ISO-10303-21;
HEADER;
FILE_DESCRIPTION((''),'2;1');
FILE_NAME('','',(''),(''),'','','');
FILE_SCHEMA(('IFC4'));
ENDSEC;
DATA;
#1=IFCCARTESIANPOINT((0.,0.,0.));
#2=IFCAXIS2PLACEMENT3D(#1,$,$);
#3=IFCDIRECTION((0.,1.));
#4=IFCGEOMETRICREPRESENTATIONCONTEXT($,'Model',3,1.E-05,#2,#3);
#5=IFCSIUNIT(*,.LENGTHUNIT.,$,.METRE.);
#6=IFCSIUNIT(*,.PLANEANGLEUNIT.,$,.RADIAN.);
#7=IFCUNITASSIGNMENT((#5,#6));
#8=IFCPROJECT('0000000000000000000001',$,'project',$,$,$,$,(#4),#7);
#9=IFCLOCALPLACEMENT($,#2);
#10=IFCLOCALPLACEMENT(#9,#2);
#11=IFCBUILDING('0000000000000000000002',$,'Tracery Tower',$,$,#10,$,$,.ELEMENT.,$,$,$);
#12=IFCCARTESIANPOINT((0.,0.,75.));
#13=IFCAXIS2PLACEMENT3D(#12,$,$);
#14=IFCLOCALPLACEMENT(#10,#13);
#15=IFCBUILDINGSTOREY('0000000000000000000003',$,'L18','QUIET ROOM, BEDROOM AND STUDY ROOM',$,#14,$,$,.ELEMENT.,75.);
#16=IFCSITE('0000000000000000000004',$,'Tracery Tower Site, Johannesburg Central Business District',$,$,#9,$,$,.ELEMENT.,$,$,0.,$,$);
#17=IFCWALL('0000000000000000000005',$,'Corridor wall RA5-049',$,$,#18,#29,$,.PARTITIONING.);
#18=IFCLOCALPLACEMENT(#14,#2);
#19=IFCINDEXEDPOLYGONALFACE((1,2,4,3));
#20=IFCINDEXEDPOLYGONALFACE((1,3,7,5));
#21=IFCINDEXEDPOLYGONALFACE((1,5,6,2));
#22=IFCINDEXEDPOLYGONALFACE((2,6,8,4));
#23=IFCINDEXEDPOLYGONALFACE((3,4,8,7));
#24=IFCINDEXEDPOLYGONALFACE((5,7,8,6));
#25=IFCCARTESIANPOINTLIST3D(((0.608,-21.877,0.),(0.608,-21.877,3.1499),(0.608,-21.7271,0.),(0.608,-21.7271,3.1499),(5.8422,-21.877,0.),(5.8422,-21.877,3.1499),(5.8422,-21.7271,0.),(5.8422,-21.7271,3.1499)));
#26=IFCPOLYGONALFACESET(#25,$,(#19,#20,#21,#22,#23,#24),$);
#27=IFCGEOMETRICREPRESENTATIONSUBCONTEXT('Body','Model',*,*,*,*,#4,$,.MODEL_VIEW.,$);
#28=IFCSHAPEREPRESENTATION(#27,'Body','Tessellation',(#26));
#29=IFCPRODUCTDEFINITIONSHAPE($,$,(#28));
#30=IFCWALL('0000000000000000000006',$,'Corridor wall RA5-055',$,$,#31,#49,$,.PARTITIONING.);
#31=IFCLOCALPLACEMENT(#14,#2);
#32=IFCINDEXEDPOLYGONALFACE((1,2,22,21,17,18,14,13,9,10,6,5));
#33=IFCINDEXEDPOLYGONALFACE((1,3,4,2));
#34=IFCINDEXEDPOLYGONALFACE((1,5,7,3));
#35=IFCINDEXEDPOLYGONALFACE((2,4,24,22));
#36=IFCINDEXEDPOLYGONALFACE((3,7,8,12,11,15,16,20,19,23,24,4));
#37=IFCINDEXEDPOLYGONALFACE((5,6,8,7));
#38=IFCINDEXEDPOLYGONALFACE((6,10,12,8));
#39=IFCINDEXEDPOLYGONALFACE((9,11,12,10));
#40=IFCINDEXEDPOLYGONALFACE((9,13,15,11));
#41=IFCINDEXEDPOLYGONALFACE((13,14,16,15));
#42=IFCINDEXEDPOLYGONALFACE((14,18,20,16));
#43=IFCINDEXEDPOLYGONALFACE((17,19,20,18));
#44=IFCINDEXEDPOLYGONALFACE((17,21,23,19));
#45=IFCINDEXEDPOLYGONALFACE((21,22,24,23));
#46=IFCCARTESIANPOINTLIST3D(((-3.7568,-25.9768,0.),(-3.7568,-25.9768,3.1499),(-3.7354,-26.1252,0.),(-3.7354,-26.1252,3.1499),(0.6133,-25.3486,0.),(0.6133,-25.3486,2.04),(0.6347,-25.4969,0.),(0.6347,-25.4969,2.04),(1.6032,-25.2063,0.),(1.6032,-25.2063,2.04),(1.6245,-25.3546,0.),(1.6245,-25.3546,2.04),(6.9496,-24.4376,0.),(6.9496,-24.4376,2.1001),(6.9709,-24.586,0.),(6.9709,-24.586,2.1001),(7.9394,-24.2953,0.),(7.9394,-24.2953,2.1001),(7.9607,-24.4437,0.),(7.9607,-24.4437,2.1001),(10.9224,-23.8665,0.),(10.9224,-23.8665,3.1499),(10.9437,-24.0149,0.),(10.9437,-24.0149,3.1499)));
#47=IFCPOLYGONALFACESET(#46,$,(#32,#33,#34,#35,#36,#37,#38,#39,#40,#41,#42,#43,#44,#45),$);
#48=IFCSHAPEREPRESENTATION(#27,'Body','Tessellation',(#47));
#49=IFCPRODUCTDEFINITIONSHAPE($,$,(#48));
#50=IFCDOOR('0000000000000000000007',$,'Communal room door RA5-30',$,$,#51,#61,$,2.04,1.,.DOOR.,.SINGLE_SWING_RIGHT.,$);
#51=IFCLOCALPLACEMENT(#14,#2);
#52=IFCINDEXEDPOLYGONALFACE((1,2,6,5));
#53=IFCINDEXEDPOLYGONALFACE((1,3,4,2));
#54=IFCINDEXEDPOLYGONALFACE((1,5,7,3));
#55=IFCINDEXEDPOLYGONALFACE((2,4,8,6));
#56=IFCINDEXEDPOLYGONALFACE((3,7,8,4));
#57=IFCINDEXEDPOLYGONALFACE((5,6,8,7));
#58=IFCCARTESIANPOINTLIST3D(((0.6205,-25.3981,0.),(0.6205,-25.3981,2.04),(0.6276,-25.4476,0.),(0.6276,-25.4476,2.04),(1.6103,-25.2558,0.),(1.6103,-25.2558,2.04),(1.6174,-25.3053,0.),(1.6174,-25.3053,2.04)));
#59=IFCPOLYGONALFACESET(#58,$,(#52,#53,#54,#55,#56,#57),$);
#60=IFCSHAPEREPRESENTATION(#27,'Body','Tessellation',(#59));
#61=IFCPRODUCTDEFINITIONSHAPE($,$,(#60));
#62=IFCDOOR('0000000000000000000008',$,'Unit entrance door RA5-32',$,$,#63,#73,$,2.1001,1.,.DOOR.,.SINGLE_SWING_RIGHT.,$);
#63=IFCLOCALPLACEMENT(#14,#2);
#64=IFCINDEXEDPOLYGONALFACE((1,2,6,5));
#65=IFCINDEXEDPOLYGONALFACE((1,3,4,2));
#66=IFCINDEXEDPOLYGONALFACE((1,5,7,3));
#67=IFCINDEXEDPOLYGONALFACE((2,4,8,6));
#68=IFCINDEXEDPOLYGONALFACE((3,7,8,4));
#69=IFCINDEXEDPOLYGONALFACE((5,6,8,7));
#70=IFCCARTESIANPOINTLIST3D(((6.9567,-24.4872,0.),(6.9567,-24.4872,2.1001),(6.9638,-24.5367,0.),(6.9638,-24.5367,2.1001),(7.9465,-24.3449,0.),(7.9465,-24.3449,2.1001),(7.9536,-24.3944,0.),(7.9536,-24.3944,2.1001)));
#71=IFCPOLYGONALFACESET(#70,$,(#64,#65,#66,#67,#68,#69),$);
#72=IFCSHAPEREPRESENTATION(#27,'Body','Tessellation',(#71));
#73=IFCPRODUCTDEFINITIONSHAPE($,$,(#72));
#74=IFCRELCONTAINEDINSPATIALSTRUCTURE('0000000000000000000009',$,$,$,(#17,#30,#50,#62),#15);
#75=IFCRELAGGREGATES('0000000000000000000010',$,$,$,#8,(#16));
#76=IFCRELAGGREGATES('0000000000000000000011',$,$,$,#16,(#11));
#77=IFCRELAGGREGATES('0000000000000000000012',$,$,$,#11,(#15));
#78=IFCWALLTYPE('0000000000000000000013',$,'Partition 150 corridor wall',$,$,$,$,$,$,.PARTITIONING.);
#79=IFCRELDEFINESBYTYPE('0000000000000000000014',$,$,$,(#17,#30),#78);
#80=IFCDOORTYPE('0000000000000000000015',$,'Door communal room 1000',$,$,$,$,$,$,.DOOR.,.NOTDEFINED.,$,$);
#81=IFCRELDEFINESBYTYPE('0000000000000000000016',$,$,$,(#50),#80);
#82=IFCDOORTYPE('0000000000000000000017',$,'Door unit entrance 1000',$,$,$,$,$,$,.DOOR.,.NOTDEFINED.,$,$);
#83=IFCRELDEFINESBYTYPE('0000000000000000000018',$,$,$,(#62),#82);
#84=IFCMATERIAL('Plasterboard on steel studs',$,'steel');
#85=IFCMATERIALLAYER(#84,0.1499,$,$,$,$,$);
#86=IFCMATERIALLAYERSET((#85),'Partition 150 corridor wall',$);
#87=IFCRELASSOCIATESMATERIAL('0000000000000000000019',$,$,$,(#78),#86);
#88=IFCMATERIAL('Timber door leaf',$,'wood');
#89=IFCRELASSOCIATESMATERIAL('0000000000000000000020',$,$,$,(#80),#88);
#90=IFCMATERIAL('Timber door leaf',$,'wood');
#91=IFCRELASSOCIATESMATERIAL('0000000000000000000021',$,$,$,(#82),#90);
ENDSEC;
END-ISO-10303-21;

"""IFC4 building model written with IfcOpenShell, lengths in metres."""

from ifc_helpers import new_model, si_unit, direction, frame, frame_2d, origin, place, context, subcontext, project, spatial, rectangle, extrude, material, layer, layer_set, type_object, element, fill, save


model = new_model("IFC4")

# Units and contexts
model_context = context("Model", 3, precision=1e-05, world=origin(), true_north=direction((0.0, 1.0)))
body_context = subcontext(model_context, "Body", "Model", "MODEL_VIEW")
ifc_project = project(units=[si_unit("LENGTHUNIT", "METRE"), si_unit("PLANEANGLEUNIT", "RADIAN")], contexts=[model_context])

# Site, building, storey
site_placement = place(None, origin())
site = spatial("IfcSite", under=ifc_project, at=site_placement, Name="Tracery Tower Site, Johannesburg Central Business District", CompositionType="ELEMENT", RefElevation=0.0)
building_placement = place(site_placement, origin())
building = spatial("IfcBuilding", under=site, at=building_placement, Name="Tracery Tower", CompositionType="ELEMENT")
storey_placement = place(building_placement, frame((0.0, 0.0, 75.0)))
storey = spatial("IfcBuildingStorey", under=building, at=storey_placement, Name="L18", Description="QUIET ROOM, BEDROOM AND STUDY ROOM", CompositionType="ELEMENT", Elevation=75.0)

# Shared definitions
ifc_material_1 = material(Name="Plasterboard on steel studs", Category="steel")
ifc_layer_1 = layer(ifc_material_1, 0.1499)
ifc_layer_set_1 = layer_set([ifc_layer_1], Name="Partition 150 corridor wall")
wall_type_1 = type_object("IfcWallType", Name="Partition 150 corridor wall", PredefinedType="PARTITIONING", material=ifc_layer_set_1)

# Wall
wall_1_placement = place(storey_placement, frame((0.6079, -21.802, 0.0), z_axis=(0.0, 0.0, 1.0), x_axis=(1.0, 0.0, 0.0)))
element("IfcWall", 1, at=wall_1_placement, inside=storey, type_object=wall_type_1, Name="Corridor wall RA5-049", PredefinedType="PARTITIONING", context=body_context, shape_type="SweptSolid", body=[
    extrude(rectangle(XDim=5.2341, YDim=0.1499, at=frame_2d((2.6172, 0.0))), origin(), (0.0, 0.0, 1.0), 3.1499),
])

# Wall, openings, doors
wall_2_placement = place(storey_placement, frame((-3.7461, -26.051, 0.0), z_axis=(0.0, 0.0, 1.0), x_axis=(0.989823, 0.142302, 0.0)))
wall_2 = element("IfcWall", 2, at=wall_2_placement, inside=storey, type_object=wall_type_1, Name="Corridor wall RA5-055", PredefinedType="PARTITIONING", context=body_context, shape_type="SweptSolid", body=[
    extrude(rectangle(XDim=14.8301, YDim=0.1499, at=frame_2d((7.415, 0.0))), origin(), (0.0, 0.0, 1.0), 3.1499),
])
opening_1_placement = place(wall_2_placement, frame((4.415, 0.0, 0.0)))
opening_1 = element("IfcOpeningElement", 3, at=opening_1_placement, cuts=wall_2, PredefinedType="OPENING", context=body_context, shape_type="SweptSolid", body=[
    extrude(rectangle(XDim=1.0, YDim=2.04, at=frame_2d((0.5, 1.02))), frame((0.0, 0.075, 0.0), z_axis=(0.0, -1.0, 0.0), x_axis=(1.0, 0.0, 0.0)), (0.0, 0.0, 1.0), 0.1499),
])
opening_2_placement = place(wall_2_placement, frame((10.8164, 0.0, 0.0)))
opening_2 = element("IfcOpeningElement", 4, at=opening_2_placement, cuts=wall_2, PredefinedType="OPENING", context=body_context, shape_type="SweptSolid", body=[
    extrude(rectangle(XDim=1.0, YDim=2.1001, at=frame_2d((0.5, 1.05))), frame((0.0, 0.075, 0.0), z_axis=(0.0, -1.0, 0.0), x_axis=(1.0, 0.0, 0.0)), (0.0, 0.0, 1.0), 0.1499),
])
ifc_material_2 = material(Name="Timber door leaf", Category="wood")
door_type_1 = type_object("IfcDoorType", Name="Door communal room 1000", OperationType="NOTDEFINED", PredefinedType="DOOR", material=ifc_material_2)
door_1_placement = place(opening_1_placement, origin())
door_1 = element("IfcDoor", 5, at=door_1_placement, inside=storey, type_object=door_type_1, Name="Communal room door RA5-30", OperationType="SINGLE_SWING_RIGHT", OverallHeight=2.04, OverallWidth=1.0, PredefinedType="DOOR", context=body_context, shape_type="SweptSolid", body=[
    extrude(rectangle(XDim=1.0, YDim=2.04, at=frame_2d((0.5, 1.02))), frame((0.0, 0.0249, 0.0), z_axis=(0.0, -1.0, 0.0), x_axis=(1.0, 0.0, 0.0)), (0.0, 0.0, 1.0), 0.05),
])
fill(opening_1, door_1)
ifc_material_3 = material(Name="Timber door leaf", Category="wood")
door_type_2 = type_object("IfcDoorType", Name="Door unit entrance 1000", OperationType="NOTDEFINED", PredefinedType="DOOR", material=ifc_material_3)
door_2_placement = place(opening_2_placement, origin())
door_2 = element("IfcDoor", 6, at=door_2_placement, inside=storey, type_object=door_type_2, Name="Unit entrance door RA5-32", OperationType="SINGLE_SWING_RIGHT", OverallHeight=2.1001, OverallWidth=1.0, PredefinedType="DOOR", context=body_context, shape_type="SweptSolid", body=[
    extrude(rectangle(XDim=1.0, YDim=2.1001, at=frame_2d((0.5, 1.05))), frame((0.0, 0.0249, 0.0), z_axis=(0.0, -1.0, 0.0), x_axis=(1.0, 0.0, 0.0)), (0.0, 0.0, 1.0), 0.05),
])
fill(opening_2, door_2)

save(model, "model.ifc")
